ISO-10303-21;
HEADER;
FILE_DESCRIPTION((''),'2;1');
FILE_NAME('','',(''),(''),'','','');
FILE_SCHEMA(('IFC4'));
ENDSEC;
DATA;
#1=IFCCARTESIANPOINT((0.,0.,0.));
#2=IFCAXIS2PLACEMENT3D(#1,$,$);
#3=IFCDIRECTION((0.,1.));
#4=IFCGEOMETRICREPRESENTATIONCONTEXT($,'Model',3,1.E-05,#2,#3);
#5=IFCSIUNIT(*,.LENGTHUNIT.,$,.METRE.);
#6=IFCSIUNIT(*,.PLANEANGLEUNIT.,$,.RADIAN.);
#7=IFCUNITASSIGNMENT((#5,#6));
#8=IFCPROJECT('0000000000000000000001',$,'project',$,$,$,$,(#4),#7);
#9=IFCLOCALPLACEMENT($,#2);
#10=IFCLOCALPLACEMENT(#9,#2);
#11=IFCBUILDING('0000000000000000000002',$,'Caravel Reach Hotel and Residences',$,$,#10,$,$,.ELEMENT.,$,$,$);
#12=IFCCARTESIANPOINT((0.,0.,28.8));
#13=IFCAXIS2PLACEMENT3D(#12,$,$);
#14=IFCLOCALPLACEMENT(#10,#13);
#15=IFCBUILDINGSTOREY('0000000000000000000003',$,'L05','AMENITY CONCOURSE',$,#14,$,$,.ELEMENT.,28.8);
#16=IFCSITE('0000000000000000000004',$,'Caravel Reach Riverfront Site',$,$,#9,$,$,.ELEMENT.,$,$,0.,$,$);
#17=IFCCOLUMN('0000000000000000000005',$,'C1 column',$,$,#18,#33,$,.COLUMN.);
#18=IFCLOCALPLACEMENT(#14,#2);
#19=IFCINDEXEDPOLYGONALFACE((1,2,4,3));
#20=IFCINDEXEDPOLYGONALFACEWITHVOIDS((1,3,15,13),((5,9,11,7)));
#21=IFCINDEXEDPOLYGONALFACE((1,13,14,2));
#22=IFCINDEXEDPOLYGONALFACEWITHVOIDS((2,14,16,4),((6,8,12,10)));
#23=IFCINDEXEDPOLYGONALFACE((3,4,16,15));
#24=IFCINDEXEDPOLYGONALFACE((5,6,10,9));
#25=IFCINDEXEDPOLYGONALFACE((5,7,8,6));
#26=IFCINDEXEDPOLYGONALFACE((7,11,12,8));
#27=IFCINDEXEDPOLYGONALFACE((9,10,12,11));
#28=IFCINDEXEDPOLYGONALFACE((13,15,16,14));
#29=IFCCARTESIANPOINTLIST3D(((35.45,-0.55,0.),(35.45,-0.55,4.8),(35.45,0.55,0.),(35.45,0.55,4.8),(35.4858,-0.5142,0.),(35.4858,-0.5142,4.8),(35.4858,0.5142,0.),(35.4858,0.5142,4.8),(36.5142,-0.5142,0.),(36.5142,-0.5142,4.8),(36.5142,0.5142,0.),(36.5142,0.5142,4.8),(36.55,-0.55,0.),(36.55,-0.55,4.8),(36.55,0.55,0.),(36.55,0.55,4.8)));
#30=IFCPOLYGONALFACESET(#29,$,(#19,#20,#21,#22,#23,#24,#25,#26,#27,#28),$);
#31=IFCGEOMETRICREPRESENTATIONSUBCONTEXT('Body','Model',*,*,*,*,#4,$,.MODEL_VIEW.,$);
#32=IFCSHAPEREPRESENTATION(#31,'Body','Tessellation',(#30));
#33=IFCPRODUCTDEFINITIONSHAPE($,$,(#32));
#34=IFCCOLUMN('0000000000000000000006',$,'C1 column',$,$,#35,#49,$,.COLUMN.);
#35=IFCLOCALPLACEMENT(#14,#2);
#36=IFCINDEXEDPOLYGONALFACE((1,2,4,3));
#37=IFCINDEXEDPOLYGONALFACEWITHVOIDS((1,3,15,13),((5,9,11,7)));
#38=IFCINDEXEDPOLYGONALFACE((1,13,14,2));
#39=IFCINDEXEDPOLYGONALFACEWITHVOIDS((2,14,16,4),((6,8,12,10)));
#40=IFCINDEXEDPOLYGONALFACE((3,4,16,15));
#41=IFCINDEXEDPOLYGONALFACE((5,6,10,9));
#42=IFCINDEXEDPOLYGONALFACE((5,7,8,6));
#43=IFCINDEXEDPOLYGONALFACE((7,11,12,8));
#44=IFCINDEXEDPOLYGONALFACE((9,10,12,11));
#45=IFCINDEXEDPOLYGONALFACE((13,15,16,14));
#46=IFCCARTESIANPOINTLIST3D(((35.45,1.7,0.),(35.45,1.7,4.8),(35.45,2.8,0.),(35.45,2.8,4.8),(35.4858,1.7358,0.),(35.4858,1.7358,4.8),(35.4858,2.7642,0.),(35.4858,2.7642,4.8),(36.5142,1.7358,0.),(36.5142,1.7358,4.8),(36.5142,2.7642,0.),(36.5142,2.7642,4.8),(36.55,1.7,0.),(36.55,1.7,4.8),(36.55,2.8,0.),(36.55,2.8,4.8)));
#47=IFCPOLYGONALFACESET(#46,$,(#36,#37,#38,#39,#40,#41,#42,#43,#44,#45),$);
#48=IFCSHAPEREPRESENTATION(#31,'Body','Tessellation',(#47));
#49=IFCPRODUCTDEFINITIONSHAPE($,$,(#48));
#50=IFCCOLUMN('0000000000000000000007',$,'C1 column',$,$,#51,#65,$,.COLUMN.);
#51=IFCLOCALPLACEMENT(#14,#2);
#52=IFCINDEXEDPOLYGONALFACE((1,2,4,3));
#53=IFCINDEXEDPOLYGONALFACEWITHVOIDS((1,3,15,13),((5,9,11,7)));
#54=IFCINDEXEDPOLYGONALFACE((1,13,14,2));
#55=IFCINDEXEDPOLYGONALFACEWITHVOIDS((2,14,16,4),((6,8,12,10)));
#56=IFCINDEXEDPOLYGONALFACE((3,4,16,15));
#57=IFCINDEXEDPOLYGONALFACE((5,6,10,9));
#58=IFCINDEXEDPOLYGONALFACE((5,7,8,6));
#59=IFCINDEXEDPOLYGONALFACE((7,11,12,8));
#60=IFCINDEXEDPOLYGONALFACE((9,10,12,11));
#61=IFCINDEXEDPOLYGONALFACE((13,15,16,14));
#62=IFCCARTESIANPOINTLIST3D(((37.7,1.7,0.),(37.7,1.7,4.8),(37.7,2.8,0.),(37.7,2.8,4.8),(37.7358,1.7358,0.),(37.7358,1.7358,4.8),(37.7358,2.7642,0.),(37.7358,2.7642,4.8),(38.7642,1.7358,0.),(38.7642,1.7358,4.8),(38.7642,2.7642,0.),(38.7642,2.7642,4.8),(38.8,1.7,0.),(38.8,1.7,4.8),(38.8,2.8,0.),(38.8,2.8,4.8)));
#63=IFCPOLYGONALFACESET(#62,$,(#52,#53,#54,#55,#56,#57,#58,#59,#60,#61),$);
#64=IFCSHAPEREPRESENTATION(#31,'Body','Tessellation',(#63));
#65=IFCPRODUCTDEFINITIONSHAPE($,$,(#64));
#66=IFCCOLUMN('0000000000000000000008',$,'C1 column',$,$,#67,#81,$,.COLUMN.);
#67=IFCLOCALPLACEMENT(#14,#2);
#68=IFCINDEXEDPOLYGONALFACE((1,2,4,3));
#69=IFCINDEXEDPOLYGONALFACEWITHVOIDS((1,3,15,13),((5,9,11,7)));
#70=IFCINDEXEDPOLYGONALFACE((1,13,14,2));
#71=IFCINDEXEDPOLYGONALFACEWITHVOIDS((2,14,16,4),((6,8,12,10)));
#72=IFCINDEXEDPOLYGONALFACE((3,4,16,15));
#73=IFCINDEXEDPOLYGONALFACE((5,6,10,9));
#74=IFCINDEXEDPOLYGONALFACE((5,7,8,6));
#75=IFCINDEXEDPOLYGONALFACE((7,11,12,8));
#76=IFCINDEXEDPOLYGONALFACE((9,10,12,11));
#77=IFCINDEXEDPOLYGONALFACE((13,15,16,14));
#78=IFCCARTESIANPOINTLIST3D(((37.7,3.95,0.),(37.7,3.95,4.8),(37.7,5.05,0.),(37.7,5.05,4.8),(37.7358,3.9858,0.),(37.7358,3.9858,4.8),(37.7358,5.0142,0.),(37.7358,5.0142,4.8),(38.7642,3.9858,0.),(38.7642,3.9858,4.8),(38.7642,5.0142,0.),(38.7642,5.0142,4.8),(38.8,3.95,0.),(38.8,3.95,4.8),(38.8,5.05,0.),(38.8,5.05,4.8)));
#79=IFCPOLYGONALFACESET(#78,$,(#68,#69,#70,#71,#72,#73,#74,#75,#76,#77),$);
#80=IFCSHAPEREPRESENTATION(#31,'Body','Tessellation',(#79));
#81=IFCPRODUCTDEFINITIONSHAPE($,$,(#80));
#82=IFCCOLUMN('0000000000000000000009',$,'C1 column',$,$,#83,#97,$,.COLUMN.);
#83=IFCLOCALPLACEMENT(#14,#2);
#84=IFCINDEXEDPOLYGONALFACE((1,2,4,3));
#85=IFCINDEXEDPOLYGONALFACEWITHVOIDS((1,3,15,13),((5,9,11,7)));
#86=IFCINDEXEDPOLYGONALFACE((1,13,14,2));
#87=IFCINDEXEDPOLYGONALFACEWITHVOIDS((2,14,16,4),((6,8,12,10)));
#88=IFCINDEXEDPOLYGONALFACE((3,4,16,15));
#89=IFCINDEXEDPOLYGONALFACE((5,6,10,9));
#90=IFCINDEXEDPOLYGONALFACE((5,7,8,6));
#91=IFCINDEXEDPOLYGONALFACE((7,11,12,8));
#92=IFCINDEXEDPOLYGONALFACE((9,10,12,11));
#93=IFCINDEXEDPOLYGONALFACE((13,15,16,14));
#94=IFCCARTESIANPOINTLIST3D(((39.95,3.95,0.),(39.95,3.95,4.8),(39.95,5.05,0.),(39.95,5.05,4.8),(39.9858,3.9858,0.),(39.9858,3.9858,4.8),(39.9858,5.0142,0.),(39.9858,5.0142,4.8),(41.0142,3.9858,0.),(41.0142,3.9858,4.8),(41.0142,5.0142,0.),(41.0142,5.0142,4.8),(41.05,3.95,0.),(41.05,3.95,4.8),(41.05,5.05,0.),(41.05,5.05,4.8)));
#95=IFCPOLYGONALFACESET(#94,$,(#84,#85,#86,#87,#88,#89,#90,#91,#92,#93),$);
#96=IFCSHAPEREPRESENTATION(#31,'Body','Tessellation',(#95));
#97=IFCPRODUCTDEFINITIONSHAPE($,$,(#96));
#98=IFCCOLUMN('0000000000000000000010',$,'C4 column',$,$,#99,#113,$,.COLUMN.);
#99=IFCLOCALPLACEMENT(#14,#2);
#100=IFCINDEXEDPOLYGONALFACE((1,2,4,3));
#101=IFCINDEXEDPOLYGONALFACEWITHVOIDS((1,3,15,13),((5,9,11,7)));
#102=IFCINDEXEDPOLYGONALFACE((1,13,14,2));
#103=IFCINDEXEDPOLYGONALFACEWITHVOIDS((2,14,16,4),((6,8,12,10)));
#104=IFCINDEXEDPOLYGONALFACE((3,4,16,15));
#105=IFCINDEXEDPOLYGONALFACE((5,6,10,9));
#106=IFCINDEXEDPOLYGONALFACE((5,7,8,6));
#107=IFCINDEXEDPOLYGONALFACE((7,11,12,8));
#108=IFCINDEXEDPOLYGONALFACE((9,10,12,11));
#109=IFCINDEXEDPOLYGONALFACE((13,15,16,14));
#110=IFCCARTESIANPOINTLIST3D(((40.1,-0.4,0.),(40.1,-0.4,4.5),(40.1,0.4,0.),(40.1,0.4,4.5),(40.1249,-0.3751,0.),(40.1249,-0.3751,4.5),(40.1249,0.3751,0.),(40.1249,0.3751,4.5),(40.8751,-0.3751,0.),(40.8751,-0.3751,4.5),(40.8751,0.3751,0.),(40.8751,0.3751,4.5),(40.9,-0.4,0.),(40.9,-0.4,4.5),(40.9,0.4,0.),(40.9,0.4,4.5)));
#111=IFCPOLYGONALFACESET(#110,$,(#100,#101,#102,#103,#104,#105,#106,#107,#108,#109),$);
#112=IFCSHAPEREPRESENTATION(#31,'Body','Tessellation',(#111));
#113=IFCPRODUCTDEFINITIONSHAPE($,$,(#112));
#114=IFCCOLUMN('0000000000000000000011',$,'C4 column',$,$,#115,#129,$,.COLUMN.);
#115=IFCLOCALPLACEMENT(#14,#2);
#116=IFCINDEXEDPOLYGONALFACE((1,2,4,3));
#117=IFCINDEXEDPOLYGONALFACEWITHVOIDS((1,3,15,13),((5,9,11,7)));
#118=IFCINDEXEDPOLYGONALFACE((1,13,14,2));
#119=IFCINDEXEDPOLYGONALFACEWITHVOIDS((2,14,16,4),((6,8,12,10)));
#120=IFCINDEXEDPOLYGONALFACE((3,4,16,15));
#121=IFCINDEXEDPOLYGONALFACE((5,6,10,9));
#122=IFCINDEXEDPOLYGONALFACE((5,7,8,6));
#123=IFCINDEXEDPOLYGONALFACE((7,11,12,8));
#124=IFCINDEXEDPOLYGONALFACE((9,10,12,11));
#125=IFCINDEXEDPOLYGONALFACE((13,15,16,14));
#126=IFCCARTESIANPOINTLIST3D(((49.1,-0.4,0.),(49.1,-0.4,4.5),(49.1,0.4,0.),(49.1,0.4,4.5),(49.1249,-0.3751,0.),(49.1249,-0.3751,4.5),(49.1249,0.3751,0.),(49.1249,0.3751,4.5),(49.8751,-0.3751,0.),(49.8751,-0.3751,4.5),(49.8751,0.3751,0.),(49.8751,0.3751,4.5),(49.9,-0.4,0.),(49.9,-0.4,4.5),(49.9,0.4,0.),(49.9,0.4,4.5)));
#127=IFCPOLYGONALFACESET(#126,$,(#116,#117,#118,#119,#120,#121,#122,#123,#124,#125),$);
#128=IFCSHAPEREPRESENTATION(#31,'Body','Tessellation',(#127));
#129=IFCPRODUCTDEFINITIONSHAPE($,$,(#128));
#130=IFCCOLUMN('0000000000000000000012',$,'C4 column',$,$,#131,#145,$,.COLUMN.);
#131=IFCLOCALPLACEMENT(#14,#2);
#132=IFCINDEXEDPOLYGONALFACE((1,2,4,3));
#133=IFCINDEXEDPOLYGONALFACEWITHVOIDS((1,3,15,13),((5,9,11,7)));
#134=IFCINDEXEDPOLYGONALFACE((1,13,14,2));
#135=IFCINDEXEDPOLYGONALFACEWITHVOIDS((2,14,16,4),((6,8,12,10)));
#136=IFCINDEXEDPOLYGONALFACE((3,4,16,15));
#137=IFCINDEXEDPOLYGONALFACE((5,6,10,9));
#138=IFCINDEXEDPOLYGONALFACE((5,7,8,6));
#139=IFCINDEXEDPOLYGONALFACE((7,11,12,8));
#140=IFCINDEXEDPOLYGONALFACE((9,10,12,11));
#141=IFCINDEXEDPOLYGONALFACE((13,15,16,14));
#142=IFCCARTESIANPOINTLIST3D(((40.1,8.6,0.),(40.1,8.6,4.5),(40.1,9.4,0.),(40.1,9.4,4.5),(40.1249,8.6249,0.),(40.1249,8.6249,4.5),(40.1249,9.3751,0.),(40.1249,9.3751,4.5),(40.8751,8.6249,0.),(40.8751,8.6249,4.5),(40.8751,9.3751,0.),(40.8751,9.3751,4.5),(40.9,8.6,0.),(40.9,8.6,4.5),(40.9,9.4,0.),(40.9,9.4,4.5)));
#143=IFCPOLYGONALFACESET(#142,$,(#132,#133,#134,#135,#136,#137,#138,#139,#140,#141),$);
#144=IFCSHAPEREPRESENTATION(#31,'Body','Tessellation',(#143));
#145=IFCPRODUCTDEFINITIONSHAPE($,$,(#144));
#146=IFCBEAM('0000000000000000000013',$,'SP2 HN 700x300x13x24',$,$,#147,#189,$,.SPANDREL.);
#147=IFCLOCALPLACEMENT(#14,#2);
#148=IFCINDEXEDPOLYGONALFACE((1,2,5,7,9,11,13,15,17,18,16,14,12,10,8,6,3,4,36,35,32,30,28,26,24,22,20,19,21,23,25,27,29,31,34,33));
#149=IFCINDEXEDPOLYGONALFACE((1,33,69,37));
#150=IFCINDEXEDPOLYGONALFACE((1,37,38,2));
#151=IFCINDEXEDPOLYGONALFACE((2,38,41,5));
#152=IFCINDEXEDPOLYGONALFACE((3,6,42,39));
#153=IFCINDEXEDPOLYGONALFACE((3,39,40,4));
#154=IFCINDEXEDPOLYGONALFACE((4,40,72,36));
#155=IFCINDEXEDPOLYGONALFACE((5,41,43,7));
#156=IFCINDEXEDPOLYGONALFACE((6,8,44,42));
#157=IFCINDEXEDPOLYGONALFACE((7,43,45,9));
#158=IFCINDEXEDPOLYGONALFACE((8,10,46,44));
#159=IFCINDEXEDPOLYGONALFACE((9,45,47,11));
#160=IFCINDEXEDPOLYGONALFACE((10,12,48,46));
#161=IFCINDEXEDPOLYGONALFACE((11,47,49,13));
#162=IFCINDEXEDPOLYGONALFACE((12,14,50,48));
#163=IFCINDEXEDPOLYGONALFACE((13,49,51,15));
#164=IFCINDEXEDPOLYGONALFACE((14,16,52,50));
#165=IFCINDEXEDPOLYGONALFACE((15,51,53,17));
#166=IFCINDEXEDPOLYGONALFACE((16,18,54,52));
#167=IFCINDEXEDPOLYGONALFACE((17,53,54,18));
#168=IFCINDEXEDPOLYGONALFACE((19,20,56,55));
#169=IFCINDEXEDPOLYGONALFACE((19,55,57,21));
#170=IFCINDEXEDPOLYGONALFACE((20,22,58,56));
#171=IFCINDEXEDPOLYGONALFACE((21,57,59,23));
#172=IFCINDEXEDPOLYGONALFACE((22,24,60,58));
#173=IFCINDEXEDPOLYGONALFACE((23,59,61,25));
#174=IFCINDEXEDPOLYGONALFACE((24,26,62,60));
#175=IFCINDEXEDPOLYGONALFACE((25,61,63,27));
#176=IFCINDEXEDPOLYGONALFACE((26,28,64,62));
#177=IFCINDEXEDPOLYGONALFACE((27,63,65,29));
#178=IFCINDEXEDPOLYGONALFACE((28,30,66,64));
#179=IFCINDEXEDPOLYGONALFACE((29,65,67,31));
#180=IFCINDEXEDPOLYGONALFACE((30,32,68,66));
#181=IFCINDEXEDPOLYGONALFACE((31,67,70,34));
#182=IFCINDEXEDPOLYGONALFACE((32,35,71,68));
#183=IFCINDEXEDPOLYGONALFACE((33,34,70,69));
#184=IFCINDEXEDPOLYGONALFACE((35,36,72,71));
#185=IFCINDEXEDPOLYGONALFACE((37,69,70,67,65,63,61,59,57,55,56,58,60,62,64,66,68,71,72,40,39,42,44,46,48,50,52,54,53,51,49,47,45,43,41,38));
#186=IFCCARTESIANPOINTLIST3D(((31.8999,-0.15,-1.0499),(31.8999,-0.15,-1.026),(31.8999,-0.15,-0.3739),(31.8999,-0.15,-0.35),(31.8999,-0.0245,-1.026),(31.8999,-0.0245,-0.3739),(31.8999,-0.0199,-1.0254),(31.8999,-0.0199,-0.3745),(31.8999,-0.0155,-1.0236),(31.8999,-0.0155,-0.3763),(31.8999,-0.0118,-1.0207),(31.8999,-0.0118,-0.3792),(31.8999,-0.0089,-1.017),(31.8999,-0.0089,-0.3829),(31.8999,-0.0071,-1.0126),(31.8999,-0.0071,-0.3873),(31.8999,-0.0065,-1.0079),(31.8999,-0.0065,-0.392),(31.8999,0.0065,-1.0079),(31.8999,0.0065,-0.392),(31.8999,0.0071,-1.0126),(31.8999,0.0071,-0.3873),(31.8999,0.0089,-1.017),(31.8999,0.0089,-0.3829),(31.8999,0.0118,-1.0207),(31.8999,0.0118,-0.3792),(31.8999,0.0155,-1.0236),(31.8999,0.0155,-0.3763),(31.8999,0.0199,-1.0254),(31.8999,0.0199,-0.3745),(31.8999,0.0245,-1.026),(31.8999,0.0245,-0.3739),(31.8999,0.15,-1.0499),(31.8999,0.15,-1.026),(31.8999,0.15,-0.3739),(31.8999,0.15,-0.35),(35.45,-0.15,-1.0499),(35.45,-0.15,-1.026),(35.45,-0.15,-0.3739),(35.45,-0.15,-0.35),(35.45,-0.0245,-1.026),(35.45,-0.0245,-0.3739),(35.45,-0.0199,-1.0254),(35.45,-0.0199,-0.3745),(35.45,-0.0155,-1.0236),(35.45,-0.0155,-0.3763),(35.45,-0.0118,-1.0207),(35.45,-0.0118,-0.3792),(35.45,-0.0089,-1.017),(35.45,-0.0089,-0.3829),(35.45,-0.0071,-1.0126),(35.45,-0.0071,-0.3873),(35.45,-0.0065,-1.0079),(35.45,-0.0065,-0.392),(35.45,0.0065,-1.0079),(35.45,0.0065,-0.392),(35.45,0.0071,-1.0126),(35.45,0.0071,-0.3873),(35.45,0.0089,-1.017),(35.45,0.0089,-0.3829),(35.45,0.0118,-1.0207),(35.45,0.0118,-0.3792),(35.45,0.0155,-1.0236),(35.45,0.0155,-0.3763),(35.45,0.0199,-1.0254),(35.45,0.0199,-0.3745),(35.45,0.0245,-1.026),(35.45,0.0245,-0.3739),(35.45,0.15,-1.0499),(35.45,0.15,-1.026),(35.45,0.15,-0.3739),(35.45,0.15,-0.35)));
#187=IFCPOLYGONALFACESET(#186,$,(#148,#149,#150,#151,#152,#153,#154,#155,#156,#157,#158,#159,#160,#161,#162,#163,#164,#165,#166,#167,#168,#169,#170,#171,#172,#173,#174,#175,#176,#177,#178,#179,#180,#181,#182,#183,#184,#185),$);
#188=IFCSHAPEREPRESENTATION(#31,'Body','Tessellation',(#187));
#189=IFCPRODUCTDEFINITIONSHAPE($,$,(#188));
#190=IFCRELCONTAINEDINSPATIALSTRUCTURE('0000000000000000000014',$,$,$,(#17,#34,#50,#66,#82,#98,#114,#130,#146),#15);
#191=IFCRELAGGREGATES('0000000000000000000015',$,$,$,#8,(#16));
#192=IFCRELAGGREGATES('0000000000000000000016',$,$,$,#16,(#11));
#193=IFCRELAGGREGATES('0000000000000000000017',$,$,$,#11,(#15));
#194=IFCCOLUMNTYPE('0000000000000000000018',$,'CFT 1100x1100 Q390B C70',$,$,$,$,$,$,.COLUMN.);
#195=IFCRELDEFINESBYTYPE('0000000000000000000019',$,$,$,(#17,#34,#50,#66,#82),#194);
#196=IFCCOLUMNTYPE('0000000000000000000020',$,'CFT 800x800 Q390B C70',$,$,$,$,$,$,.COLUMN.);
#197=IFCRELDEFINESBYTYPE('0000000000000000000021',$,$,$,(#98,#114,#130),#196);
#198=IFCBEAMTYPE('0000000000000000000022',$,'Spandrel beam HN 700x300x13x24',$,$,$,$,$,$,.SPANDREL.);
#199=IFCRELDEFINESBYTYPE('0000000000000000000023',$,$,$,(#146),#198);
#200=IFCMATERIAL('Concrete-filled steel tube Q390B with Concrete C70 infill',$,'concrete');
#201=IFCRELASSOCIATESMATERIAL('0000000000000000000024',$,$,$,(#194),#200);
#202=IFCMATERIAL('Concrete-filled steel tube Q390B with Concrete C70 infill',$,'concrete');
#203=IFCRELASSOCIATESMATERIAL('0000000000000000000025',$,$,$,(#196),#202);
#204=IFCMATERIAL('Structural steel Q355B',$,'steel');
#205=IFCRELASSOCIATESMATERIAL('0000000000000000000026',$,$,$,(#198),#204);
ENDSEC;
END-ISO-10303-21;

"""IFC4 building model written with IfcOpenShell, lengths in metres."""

from ifc_helpers import new_model, si_unit, direction, frame, origin, origin_2d, place, context, subcontext, project, spatial, hollow_rectangle, i_section, extrude, material, material_profile, profile_set, type_object, element, save


model = new_model("IFC4")

# Units and contexts
model_context = context("Model", 3, precision=1e-05, world=origin(), true_north=direction((0.0, 1.0)))
body_context = subcontext(model_context, "Body", "Model", "MODEL_VIEW")
ifc_project = project(units=[si_unit("LENGTHUNIT", "METRE"), si_unit("PLANEANGLEUNIT", "RADIAN")], contexts=[model_context])

# Site, building, storey
site_placement = place(None, origin())
site = spatial("IfcSite", under=ifc_project, at=site_placement, Name="Caravel Reach Riverfront Site", CompositionType="ELEMENT", RefElevation=0.0)
building_placement = place(site_placement, origin())
building = spatial("IfcBuilding", under=site, at=building_placement, Name="Caravel Reach Hotel and Residences", CompositionType="ELEMENT")
storey_placement = place(building_placement, frame((0.0, 0.0, 28.8)))
storey = spatial("IfcBuildingStorey", under=building, at=storey_placement, Name="L05", Description="AMENITY CONCOURSE", CompositionType="ELEMENT", Elevation=28.8)

# Columns
ifc_material_1 = material(Name="Concrete-filled steel tube Q390B with Concrete C70 infill", Category="concrete")
ifc_material_profile_1 = material_profile(ifc_material_1, hollow_rectangle(XDim=1.1001, YDim=1.1001, WallThickness=0.0359, at=origin_2d()), Name="RHS 1100x1100x36")
ifc_profile_set_1 = profile_set([ifc_material_profile_1], Name="Concrete-filled steel tube Q390B with Concrete C70 infill")
column_type_1 = type_object("IfcColumnType", Name="CFT 1100x1100 Q390B C70", PredefinedType="COLUMN", material=ifc_profile_set_1)
for number, where, z_axis, x_axis, name in (
    (1, (36.0, 0.0, 0.0), (0.0, 0.0, 1.0), (1.0, 0.0, 0.0), "C1 column"),
    (2, (36.0, 2.25, 0.0), (0.0, 0.0, 1.0), (1.0, 0.0, 0.0), "C1 column"),
    (3, (38.25, 2.25, 0.0), (0.0, 0.0, 1.0), (1.0, 0.0, 0.0), "C1 column"),
    (4, (38.25, 4.5, 0.0), (0.0, 0.0, 1.0), (1.0, 0.0, 0.0), "C1 column"),
    (5, (40.5, 4.5, 0.0), (0.0, 0.0, 1.0), (1.0, 0.0, 0.0), "C1 column"),
):
    element("IfcColumn", number, at=place(storey_placement, frame(where, z_axis=z_axis, x_axis=x_axis)), inside=storey, type_object=column_type_1, Name=name, PredefinedType="COLUMN", context=body_context, shape_type="SweptSolid", body=[
        extrude(hollow_rectangle(XDim=1.1001, YDim=1.1001, WallThickness=0.0359, at=origin_2d()), origin(), (0.0, 0.0, 1.0), 4.8),
    ])
ifc_material_2 = material(Name="Concrete-filled steel tube Q390B with Concrete C70 infill", Category="concrete")
ifc_material_profile_2 = material_profile(ifc_material_2, hollow_rectangle(XDim=0.8, YDim=0.8, WallThickness=0.0249, at=origin_2d()), Name="RHS 800x800x25")
ifc_profile_set_2 = profile_set([ifc_material_profile_2], Name="Concrete-filled steel tube Q390B with Concrete C70 infill")
column_type_2 = type_object("IfcColumnType", Name="CFT 800x800 Q390B C70", PredefinedType="COLUMN", material=ifc_profile_set_2)
for number, where, z_axis, x_axis, name in (
    (6, (40.5, 0.0, 0.0), (0.0, 0.0, 1.0), (1.0, 0.0, 0.0), "C4 column"),
    (7, (49.5, 0.0, 0.0), (0.0, 0.0, 1.0), (1.0, 0.0, 0.0), "C4 column"),
    (8, (40.5, 9.0, 0.0), (0.0, 0.0, 1.0), (1.0, 0.0, 0.0), "C4 column"),
):
    element("IfcColumn", number, at=place(storey_placement, frame(where, z_axis=z_axis, x_axis=x_axis)), inside=storey, type_object=column_type_2, Name=name, PredefinedType="COLUMN", context=body_context, shape_type="SweptSolid", body=[
        extrude(hollow_rectangle(XDim=0.8, YDim=0.8, WallThickness=0.0249, at=origin_2d()), origin(), (0.0, 0.0, 1.0), 4.5),
    ])

# Beam
ifc_material_3 = material(Name="Structural steel Q355B", Category="steel")
ifc_material_profile_3 = material_profile(ifc_material_3, i_section(OverallWidth=0.3, OverallDepth=0.7, WebThickness=0.0129, FlangeThickness=0.0239, FilletRadius=0.0181, at=origin_2d()), Name="HN 700x300x13x24")
ifc_profile_set_3 = profile_set([ifc_material_profile_3], Name="Structural steel Q355B")
beam_type = type_object("IfcBeamType", Name="Spandrel beam HN 700x300x13x24", PredefinedType="SPANDREL", material=ifc_profile_set_3)
for number, where, z_axis, x_axis, name in (
    (9, (31.8999, 0.0, -0.7), (1.0, 0.0, 0.0), (0.0, 1.0, 0.0), "SP2 HN 700x300x13x24"),
):
    element("IfcBeam", number, at=place(storey_placement, frame(where, z_axis=z_axis, x_axis=x_axis)), inside=storey, type_object=beam_type, Name=name, PredefinedType="SPANDREL", context=body_context, shape_type="SweptSolid", body=[
        extrude(i_section(OverallWidth=0.3, OverallDepth=0.7, WebThickness=0.0129, FlangeThickness=0.0239, FilletRadius=0.0181, at=origin_2d()), origin(), (0.0, 0.0, 1.0), 3.55),
    ])

save(model, "model.ifc")
